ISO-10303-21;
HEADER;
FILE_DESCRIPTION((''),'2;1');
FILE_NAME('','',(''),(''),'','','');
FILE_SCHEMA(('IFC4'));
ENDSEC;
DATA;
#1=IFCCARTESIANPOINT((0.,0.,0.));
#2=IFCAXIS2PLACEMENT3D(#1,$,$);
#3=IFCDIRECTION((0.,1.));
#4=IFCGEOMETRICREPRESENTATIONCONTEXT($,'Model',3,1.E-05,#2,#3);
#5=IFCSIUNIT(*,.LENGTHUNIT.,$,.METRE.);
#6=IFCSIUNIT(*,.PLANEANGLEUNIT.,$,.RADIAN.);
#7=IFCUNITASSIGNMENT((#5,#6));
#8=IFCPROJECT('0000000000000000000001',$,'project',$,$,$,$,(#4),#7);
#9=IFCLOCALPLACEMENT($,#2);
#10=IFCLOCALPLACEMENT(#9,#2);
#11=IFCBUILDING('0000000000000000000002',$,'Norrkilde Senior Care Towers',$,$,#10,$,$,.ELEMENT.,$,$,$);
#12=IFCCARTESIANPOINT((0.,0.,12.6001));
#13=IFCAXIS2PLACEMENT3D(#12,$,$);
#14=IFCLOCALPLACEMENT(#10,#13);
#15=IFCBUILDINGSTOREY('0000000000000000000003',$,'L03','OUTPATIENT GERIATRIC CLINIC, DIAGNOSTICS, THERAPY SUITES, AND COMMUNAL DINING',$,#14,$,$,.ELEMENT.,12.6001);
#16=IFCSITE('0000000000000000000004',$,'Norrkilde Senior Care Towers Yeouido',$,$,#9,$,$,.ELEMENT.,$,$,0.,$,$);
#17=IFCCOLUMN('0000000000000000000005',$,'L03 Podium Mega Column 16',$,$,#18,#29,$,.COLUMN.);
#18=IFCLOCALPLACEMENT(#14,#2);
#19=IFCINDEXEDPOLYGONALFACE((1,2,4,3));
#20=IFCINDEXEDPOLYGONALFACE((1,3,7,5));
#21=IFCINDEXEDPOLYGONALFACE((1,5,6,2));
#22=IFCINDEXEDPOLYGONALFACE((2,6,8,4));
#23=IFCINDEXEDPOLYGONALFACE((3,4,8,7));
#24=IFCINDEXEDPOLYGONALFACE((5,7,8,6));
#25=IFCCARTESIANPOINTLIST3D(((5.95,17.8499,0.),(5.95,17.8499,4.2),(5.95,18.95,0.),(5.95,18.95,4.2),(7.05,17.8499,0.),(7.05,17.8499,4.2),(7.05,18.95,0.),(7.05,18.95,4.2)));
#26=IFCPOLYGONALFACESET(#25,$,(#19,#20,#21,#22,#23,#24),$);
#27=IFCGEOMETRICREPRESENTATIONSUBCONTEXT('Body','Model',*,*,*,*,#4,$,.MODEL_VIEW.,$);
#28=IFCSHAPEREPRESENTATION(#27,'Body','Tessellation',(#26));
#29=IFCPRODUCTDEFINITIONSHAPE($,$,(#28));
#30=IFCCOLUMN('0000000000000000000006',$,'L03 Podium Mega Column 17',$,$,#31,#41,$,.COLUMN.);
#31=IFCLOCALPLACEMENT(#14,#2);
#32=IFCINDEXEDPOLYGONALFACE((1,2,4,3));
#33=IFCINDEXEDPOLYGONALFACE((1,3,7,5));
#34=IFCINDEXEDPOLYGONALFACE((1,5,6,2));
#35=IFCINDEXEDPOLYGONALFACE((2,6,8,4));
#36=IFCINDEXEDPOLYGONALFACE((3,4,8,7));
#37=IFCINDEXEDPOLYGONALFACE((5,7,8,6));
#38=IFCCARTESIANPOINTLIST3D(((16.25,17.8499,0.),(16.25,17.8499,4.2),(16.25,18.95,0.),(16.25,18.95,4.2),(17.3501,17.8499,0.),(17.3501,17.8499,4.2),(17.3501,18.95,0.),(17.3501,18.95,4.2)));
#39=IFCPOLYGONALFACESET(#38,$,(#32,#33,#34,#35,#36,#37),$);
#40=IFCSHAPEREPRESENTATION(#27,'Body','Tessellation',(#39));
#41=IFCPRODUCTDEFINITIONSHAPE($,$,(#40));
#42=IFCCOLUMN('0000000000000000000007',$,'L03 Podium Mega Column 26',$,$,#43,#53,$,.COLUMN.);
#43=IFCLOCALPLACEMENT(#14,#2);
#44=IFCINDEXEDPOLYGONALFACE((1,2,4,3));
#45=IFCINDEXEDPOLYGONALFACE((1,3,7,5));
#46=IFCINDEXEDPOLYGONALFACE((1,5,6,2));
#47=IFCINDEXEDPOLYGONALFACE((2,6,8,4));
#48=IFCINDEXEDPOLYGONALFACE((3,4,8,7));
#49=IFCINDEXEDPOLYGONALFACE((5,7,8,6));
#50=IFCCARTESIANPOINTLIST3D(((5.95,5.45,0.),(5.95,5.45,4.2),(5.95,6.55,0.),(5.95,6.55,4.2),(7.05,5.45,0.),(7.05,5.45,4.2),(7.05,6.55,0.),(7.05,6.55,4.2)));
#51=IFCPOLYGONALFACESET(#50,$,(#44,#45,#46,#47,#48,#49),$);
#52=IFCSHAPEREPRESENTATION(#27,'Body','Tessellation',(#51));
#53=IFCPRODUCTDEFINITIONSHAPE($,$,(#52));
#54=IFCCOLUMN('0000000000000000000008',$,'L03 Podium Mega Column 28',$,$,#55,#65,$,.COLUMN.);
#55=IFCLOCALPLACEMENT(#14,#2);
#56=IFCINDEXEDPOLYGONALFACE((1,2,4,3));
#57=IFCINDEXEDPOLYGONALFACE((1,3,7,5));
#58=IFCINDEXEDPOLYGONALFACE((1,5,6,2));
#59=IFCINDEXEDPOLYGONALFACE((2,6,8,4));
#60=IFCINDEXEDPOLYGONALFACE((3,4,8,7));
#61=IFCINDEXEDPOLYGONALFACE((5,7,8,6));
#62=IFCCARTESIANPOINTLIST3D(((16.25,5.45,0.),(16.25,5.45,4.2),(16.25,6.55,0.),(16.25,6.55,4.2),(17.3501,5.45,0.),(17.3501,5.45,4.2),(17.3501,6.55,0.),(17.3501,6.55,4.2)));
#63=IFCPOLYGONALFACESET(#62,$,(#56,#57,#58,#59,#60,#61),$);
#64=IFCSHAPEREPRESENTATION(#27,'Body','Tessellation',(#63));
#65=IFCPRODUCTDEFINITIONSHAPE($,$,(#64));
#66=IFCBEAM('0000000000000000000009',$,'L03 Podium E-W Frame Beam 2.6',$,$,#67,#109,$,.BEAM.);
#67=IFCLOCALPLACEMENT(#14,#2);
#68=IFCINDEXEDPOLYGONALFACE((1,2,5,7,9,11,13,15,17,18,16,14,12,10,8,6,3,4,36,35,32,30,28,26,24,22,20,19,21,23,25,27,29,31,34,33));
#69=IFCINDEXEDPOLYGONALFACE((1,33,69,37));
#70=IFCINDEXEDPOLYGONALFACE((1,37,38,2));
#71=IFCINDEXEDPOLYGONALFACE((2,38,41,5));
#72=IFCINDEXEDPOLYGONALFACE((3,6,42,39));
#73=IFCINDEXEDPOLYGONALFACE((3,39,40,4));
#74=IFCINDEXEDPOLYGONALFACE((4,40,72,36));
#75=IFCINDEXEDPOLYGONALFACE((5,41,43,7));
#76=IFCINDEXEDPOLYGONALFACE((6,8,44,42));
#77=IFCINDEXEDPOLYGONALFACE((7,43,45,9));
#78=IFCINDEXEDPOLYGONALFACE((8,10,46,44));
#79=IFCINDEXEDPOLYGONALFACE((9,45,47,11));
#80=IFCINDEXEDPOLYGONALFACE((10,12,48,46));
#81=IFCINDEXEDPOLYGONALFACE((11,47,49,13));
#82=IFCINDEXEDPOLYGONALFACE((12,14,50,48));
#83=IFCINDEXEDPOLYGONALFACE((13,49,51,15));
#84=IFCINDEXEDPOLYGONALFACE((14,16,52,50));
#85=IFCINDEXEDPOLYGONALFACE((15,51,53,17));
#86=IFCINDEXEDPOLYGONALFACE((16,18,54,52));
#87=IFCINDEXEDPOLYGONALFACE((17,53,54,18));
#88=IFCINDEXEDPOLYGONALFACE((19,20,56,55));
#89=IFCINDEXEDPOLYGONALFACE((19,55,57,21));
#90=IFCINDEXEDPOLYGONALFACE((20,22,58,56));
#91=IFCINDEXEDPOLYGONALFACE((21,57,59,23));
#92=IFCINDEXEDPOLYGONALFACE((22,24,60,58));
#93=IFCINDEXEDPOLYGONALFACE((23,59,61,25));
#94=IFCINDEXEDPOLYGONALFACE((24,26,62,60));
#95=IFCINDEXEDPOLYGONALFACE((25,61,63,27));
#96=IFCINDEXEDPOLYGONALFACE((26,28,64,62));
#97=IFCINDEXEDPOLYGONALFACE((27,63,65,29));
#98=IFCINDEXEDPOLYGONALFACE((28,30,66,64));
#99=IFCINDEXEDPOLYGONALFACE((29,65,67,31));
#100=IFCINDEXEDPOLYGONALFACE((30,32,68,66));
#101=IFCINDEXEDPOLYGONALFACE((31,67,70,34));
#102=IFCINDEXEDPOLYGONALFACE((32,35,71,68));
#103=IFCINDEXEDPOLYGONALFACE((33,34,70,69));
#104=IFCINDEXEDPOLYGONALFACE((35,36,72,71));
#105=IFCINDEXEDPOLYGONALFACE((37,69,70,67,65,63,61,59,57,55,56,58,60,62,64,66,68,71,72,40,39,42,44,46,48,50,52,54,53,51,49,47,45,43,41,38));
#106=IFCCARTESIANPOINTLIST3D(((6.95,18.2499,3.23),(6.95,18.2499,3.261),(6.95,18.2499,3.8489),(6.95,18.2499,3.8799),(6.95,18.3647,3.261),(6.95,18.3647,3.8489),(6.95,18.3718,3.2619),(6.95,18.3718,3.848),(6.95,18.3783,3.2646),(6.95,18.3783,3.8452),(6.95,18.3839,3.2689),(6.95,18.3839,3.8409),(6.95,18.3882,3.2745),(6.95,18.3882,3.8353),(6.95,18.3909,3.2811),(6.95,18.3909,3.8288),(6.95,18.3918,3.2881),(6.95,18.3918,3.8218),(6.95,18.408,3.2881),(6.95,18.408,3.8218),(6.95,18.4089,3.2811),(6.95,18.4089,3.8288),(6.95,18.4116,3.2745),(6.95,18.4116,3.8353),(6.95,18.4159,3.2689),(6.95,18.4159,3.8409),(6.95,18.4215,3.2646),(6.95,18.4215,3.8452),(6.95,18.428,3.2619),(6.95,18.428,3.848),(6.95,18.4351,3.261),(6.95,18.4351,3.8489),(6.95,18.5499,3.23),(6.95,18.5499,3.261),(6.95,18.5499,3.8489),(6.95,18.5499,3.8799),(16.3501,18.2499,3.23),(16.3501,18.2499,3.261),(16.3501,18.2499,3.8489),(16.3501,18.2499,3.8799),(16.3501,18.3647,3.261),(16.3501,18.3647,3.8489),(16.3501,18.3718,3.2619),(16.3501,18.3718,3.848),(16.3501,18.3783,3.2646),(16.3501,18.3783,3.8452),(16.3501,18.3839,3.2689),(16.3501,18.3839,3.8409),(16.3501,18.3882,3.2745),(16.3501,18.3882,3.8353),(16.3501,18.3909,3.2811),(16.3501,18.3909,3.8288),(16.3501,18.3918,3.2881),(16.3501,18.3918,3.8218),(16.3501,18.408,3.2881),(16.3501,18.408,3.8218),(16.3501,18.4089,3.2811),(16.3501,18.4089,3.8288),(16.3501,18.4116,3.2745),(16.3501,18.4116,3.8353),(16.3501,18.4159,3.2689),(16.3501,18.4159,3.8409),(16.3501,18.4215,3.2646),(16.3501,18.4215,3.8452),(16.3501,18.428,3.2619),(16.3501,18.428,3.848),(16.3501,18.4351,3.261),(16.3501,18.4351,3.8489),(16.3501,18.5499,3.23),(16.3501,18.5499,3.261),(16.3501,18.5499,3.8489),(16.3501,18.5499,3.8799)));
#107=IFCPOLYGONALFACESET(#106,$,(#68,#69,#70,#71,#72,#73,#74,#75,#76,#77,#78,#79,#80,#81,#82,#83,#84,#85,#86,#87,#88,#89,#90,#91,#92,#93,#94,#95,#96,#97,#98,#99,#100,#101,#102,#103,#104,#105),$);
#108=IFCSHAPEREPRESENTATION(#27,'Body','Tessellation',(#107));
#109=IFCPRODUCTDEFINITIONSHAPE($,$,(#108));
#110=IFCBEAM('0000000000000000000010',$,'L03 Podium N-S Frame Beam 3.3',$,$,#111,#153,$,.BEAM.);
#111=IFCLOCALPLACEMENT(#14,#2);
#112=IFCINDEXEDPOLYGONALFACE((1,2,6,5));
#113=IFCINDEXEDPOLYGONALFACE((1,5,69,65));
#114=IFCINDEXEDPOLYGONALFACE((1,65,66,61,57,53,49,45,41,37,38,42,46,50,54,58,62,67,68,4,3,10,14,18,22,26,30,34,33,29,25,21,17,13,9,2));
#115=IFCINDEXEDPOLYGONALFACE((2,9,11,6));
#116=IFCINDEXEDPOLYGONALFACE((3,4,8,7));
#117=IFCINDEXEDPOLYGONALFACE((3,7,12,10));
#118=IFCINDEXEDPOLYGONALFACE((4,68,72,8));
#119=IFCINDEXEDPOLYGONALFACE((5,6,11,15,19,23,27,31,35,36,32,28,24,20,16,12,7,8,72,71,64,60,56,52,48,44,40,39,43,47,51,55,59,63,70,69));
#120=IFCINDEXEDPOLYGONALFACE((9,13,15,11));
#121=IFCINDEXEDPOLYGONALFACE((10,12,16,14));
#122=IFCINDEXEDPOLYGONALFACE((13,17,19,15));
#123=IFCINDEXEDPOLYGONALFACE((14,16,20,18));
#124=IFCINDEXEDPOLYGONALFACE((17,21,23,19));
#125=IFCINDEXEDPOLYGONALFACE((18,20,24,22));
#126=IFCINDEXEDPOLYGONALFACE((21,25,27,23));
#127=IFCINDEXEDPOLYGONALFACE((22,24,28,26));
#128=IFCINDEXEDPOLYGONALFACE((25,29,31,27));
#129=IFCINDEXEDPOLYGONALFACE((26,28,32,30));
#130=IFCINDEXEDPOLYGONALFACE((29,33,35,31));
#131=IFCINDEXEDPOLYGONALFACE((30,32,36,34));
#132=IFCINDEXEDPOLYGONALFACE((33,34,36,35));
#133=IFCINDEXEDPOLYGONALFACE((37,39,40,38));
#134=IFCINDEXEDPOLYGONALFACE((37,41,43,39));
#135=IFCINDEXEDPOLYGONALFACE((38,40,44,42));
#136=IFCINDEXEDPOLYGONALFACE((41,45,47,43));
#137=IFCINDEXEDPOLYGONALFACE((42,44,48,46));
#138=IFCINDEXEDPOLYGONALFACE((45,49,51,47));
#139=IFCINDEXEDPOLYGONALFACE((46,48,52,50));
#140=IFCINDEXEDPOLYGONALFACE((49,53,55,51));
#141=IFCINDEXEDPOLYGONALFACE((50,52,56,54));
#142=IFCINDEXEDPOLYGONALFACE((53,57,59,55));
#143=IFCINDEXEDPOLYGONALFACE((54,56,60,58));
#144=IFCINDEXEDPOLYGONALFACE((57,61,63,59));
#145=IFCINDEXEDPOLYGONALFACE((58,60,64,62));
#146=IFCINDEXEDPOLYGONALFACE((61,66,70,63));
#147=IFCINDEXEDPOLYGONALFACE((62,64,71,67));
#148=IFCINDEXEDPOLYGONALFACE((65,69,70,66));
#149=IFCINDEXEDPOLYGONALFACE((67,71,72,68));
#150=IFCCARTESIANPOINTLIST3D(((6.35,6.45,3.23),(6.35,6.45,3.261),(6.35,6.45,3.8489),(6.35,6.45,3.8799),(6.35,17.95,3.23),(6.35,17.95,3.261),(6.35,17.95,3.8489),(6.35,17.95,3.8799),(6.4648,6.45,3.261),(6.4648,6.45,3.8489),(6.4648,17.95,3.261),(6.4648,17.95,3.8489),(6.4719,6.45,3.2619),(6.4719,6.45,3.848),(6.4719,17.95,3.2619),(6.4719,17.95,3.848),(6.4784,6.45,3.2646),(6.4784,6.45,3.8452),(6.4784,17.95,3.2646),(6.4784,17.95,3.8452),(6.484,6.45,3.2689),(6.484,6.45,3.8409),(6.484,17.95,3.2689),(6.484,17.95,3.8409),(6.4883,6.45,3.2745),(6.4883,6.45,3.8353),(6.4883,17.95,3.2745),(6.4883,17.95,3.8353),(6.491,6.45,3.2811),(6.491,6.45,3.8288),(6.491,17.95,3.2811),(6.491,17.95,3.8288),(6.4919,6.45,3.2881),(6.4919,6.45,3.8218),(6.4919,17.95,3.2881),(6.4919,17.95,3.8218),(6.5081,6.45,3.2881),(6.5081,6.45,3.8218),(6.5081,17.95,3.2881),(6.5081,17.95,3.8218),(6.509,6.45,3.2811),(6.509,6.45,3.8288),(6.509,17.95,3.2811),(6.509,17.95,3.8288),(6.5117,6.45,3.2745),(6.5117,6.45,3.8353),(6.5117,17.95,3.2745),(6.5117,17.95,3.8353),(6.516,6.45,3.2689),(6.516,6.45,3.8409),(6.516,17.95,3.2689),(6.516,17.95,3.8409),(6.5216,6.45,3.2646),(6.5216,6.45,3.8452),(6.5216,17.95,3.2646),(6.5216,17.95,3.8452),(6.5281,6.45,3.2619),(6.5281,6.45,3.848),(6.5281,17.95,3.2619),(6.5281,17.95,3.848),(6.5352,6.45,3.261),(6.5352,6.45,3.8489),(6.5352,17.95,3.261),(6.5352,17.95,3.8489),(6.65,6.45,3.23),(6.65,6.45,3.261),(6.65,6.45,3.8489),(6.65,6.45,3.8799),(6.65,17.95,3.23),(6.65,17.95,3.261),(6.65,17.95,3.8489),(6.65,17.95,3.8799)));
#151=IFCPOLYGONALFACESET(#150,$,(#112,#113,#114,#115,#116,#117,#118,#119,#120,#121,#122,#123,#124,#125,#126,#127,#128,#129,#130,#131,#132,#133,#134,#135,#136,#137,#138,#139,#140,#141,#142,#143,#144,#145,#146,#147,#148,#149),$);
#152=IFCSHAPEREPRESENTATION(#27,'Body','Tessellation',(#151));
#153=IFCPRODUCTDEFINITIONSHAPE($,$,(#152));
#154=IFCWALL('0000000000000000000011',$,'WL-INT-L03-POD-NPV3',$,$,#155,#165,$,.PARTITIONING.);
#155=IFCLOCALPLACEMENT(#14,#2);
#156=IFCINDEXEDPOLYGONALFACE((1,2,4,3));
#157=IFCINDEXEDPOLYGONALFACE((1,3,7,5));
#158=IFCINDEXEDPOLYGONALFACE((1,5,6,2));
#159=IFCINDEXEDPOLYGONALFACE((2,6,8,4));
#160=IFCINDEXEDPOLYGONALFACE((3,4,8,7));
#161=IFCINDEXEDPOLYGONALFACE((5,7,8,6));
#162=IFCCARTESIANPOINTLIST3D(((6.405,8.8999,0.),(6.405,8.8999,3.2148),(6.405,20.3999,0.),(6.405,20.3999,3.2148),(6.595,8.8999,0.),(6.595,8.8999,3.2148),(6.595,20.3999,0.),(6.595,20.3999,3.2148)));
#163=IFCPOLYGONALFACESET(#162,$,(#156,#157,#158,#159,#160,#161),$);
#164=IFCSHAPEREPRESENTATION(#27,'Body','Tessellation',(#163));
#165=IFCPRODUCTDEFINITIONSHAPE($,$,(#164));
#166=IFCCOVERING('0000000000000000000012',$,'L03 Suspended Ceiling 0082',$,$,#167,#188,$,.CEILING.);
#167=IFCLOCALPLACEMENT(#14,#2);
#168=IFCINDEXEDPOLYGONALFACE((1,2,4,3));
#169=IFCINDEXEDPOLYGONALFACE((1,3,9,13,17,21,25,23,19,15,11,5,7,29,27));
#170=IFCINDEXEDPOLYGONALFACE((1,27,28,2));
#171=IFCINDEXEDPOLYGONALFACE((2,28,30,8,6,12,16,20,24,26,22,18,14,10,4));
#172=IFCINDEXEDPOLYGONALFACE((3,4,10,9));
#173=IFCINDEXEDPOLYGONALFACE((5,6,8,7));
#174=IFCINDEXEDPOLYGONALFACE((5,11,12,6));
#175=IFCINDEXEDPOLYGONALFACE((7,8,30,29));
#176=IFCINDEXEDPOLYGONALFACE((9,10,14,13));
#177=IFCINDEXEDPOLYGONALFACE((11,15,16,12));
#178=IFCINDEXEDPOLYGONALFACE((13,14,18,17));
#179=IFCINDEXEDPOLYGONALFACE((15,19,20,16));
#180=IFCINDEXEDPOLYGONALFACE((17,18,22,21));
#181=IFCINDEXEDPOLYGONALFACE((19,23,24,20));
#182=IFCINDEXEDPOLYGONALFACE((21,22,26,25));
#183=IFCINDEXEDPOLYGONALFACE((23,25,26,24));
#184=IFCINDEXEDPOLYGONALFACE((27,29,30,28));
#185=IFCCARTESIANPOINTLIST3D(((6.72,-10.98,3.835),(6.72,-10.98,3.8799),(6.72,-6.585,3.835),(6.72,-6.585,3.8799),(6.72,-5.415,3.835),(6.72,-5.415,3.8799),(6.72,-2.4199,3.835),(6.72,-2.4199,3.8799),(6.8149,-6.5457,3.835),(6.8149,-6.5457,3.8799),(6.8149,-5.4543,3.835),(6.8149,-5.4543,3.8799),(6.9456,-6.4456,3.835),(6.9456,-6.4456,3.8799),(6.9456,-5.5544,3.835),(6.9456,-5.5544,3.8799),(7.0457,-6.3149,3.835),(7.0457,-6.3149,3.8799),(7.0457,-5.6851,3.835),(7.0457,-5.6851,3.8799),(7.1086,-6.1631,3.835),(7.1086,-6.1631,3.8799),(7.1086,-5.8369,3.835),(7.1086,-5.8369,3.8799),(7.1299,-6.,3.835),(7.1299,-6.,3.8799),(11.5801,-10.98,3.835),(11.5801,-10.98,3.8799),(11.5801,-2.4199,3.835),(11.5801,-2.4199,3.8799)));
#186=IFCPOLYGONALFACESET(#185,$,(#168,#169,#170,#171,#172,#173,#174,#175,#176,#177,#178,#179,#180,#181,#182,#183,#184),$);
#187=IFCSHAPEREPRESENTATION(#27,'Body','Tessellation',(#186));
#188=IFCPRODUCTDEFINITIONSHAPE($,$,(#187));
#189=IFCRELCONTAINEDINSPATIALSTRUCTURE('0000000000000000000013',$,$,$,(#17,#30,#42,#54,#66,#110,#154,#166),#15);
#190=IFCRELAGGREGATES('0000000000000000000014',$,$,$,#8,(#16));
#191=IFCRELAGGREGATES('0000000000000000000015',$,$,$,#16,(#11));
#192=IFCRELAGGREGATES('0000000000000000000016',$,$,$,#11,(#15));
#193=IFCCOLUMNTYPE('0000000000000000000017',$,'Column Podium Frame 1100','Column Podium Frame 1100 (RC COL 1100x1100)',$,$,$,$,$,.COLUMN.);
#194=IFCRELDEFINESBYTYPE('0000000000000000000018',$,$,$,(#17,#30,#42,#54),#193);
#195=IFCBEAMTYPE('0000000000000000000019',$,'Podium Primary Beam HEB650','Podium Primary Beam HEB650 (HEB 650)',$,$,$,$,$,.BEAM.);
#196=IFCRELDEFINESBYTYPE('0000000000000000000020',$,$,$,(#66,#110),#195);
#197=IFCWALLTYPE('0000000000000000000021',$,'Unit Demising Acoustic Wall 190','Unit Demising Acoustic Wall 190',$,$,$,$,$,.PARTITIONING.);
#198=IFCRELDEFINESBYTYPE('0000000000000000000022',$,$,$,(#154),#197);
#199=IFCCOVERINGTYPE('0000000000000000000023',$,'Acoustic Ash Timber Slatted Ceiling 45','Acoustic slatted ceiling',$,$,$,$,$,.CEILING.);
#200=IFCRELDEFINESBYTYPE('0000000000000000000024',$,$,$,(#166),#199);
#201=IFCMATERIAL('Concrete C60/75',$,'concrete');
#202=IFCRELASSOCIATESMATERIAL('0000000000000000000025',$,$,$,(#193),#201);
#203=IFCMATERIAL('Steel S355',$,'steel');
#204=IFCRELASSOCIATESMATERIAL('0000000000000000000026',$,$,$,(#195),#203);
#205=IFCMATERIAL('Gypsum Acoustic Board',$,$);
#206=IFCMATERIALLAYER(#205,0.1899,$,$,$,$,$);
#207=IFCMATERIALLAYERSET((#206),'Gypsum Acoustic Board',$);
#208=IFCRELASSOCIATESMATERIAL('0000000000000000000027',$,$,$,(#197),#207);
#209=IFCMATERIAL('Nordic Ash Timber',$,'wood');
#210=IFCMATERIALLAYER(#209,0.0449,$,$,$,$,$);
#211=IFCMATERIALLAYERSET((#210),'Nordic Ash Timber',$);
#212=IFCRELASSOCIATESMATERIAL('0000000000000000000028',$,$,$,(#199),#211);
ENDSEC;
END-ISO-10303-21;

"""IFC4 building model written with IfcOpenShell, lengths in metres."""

from ifc_helpers import new_model, si_unit, direction, frame, frame_2d, origin, origin_2d, place, context, subcontext, project, spatial, polyline, rectangle, i_section, outline, extrude, source, transform, mapped, material, layer, layer_set, material_profile, profile_set, type_object, type_shapes, element, save


model = new_model("IFC4")

# Units and contexts
model_context = context("Model", 3, precision=1e-05, world=origin(), true_north=direction((0.0, 1.0)))
body_context = subcontext(model_context, "Body", "Model", "MODEL_VIEW")
ifc_project = project(units=[si_unit("LENGTHUNIT", "METRE"), si_unit("PLANEANGLEUNIT", "RADIAN")], contexts=[model_context])

# Site, building, storey
site_placement = place(None, origin())
site = spatial("IfcSite", under=ifc_project, at=site_placement, Name="Norrkilde Senior Care Towers Yeouido", CompositionType="ELEMENT", RefElevation=0.0)
building_placement = place(site_placement, origin())
building = spatial("IfcBuilding", under=site, at=building_placement, Name="Norrkilde Senior Care Towers", CompositionType="ELEMENT")
storey_placement = place(building_placement, frame((0.0, 0.0, 12.6001)))
storey = spatial("IfcBuildingStorey", under=building, at=storey_placement, Name="L03", Description="OUTPATIENT GERIATRIC CLINIC, DIAGNOSTICS, THERAPY SUITES, AND COMMUNAL DINING", CompositionType="ELEMENT", Elevation=12.6001)

# Columns
ifc_material_1 = material(Name="Concrete C60/75", Category="concrete")
ifc_material_profile_1 = material_profile(ifc_material_1, rectangle(XDim=1.1001, YDim=1.1001, at=origin_2d()), Name="RC COL 1100x1100")
ifc_profile_set_1 = profile_set([ifc_material_profile_1], Name="Concrete C60/75")
column_type = type_object("IfcColumnType", Name="Column Podium Frame 1100", Description="Column Podium Frame 1100 (RC COL 1100x1100)", PredefinedType="COLUMN", material=ifc_profile_set_1)
shared_shape_1 = source(origin(), body_context, "Body", "SweptSolid", [
    extrude(rectangle(XDim=1.1001, YDim=1.1001, at=origin_2d()), origin(), (0.0, 0.0, 1.0), 4.2),
])
type_shapes(column_type, [shared_shape_1])
for number, where, z_axis, x_axis, name in (
    (1, (6.5, 18.3999, 0.0), (0.0, 0.0, 1.0), (1.0, 0.0, 0.0), "L03 Podium Mega Column 16"),
    (2, (16.8, 18.3999, 0.0), (0.0, 0.0, 1.0), (1.0, 0.0, 0.0), "L03 Podium Mega Column 17"),
    (3, (6.5, 6.0, 0.0), (0.0, 0.0, 1.0), (1.0, 0.0, 0.0), "L03 Podium Mega Column 26"),
    (4, (16.8, 6.0, 0.0), (0.0, 0.0, 1.0), (1.0, 0.0, 0.0), "L03 Podium Mega Column 28"),
):
    element("IfcColumn", number, at=place(storey_placement, frame(where, z_axis=z_axis, x_axis=x_axis)), inside=storey, type_object=column_type, Name=name, PredefinedType="COLUMN", context=body_context, shape_type="MappedRepresentation", body=[
        mapped(shared_shape_1, transform((0.0, 0.0, 0.0), x_axis=(1.0, 0.0, 0.0), y_axis=(0.0, 1.0, 0.0), z_axis=(0.0, 0.0, 1.0), scale=1.0)),
    ])

# Beams
ifc_material_2 = material(Name="Steel S355", Category="steel")
ifc_material_profile_2 = material_profile(ifc_material_2, i_section(OverallWidth=0.3, OverallDepth=0.6499, WebThickness=0.0161, FlangeThickness=0.031, FilletRadius=0.0271, at=origin_2d()), Name="HEB 650")
ifc_profile_set_2 = profile_set([ifc_material_profile_2], Name="Steel S355")
beam_type = type_object("IfcBeamType", Name="Podium Primary Beam HEB650", Description="Podium Primary Beam HEB650 (HEB 650)", PredefinedType="BEAM", material=ifc_profile_set_2)
shared_shape_2 = source(origin(), body_context, "Body", "SweptSolid", [
    extrude(i_section(OverallWidth=0.3, OverallDepth=0.6499, WebThickness=0.0161, FlangeThickness=0.031, FilletRadius=0.0271, at=origin_2d()), origin(), (0.0, 0.0, 1.0), 9.4001),
])
beam_1_placement = place(storey_placement, frame((6.95, 18.3999, 3.5549), z_axis=(1.0, 0.0, 0.0), x_axis=(0.0, 1.0, 0.0)))
element("IfcBeam", 5, at=beam_1_placement, inside=storey, type_object=beam_type, Name="L03 Podium E-W Frame Beam 2.6", PredefinedType="BEAM", context=body_context, shape_type="MappedRepresentation", body=[
    mapped(shared_shape_2, transform((0.0, 0.0, 0.0), x_axis=(1.0, 0.0, 0.0), y_axis=(0.0, 1.0, 0.0), z_axis=(0.0, 0.0, 1.0), scale=1.0)),
])
shared_shape_3 = source(origin(), body_context, "Body", "SweptSolid", [
    extrude(i_section(OverallWidth=0.3, OverallDepth=0.6499, WebThickness=0.0161, FlangeThickness=0.031, FilletRadius=0.0271, at=origin_2d()), origin(), (0.0, 0.0, 1.0), 11.5),
])
type_shapes(beam_type, [shared_shape_2, shared_shape_3])
beam_2_placement = place(storey_placement, frame((6.5, 6.45, 3.5549), z_axis=(0.0, 1.0, 0.0), x_axis=(-1.0, 0.0, 0.0)))
element("IfcBeam", 6, at=beam_2_placement, inside=storey, type_object=beam_type, Name="L03 Podium N-S Frame Beam 3.3", PredefinedType="BEAM", context=body_context, shape_type="MappedRepresentation", body=[
    mapped(shared_shape_3, transform((0.0, 0.0, 0.0), x_axis=(1.0, 0.0, 0.0), y_axis=(0.0, 1.0, 0.0), z_axis=(0.0, 0.0, 1.0), scale=1.0)),
])

# Wall
ifc_material_3 = material(Name="Gypsum Acoustic Board")
ifc_layer_1 = layer(ifc_material_3, 0.1899)
ifc_layer_set_1 = layer_set([ifc_layer_1], Name="Gypsum Acoustic Board")
wall_type = type_object("IfcWallType", Name="Unit Demising Acoustic Wall 190", Description="Unit Demising Acoustic Wall 190", PredefinedType="PARTITIONING", material=ifc_layer_set_1)
shared_shape_4 = source(origin(), body_context, "Body", "SweptSolid", [
    extrude(rectangle(XDim=11.5, YDim=0.1899, at=frame_2d((5.75, 0.0))), origin(), (0.0, 0.0, 1.0), 3.2148),
])
type_shapes(wall_type, [shared_shape_4])
wall_placement = place(storey_placement, frame((6.5, 8.8999, 0.0), z_axis=(0.0, 0.0, 1.0), x_axis=(0.0, 1.0, 0.0)))
element("IfcWall", 7, at=wall_placement, inside=storey, type_object=wall_type, Name="WL-INT-L03-POD-NPV3", PredefinedType="PARTITIONING", context=body_context, shape_type="MappedRepresentation", body=[
    mapped(shared_shape_4, transform((0.0, 0.0, 0.0), x_axis=(1.0, 0.0, 0.0), y_axis=(0.0, 1.0, 0.0), z_axis=(0.0, 0.0, 1.0), scale=1.0)),
])

# Covering
ifc_material_4 = material(Name="Nordic Ash Timber", Category="wood")
ifc_layer_2 = layer(ifc_material_4, 0.0449)
ifc_layer_set_2 = layer_set([ifc_layer_2], Name="Nordic Ash Timber")
covering_type_1 = type_object("IfcCoveringType", Name="Acoustic Ash Timber Slatted Ceiling 45", Description="Acoustic slatted ceiling", PredefinedType="CEILING", material=ifc_layer_set_2)
covering_1_placement = place(storey_placement, frame((0.0, 0.0, 3.835)))
element("IfcCovering", 8, at=covering_1_placement, inside=storey, type_object=covering_type_1, Name="L03 Suspended Ceiling 0082", PredefinedType="CEILING", context=body_context, shape_type="SweptSolid", body=[
    extrude(outline(polyline([(11.5801, -10.98), (6.72, -10.98), (6.72, -6.585), (6.8149, -6.5457), (6.9456, -6.4456), (7.0457, -6.3149), (7.1086, -6.1631), (7.1299, -6.0), (7.1086, -5.8369), (7.0457, -5.6851), (6.9456, -5.5544), (6.8149, -5.4543), (6.72, -5.415), (6.72, -2.4199), (11.5801, -2.4199), (11.5801, -10.98)])), origin(), (0.0, 0.0, 1.0), 0.0449),
])

save(model, "model.ifc")
